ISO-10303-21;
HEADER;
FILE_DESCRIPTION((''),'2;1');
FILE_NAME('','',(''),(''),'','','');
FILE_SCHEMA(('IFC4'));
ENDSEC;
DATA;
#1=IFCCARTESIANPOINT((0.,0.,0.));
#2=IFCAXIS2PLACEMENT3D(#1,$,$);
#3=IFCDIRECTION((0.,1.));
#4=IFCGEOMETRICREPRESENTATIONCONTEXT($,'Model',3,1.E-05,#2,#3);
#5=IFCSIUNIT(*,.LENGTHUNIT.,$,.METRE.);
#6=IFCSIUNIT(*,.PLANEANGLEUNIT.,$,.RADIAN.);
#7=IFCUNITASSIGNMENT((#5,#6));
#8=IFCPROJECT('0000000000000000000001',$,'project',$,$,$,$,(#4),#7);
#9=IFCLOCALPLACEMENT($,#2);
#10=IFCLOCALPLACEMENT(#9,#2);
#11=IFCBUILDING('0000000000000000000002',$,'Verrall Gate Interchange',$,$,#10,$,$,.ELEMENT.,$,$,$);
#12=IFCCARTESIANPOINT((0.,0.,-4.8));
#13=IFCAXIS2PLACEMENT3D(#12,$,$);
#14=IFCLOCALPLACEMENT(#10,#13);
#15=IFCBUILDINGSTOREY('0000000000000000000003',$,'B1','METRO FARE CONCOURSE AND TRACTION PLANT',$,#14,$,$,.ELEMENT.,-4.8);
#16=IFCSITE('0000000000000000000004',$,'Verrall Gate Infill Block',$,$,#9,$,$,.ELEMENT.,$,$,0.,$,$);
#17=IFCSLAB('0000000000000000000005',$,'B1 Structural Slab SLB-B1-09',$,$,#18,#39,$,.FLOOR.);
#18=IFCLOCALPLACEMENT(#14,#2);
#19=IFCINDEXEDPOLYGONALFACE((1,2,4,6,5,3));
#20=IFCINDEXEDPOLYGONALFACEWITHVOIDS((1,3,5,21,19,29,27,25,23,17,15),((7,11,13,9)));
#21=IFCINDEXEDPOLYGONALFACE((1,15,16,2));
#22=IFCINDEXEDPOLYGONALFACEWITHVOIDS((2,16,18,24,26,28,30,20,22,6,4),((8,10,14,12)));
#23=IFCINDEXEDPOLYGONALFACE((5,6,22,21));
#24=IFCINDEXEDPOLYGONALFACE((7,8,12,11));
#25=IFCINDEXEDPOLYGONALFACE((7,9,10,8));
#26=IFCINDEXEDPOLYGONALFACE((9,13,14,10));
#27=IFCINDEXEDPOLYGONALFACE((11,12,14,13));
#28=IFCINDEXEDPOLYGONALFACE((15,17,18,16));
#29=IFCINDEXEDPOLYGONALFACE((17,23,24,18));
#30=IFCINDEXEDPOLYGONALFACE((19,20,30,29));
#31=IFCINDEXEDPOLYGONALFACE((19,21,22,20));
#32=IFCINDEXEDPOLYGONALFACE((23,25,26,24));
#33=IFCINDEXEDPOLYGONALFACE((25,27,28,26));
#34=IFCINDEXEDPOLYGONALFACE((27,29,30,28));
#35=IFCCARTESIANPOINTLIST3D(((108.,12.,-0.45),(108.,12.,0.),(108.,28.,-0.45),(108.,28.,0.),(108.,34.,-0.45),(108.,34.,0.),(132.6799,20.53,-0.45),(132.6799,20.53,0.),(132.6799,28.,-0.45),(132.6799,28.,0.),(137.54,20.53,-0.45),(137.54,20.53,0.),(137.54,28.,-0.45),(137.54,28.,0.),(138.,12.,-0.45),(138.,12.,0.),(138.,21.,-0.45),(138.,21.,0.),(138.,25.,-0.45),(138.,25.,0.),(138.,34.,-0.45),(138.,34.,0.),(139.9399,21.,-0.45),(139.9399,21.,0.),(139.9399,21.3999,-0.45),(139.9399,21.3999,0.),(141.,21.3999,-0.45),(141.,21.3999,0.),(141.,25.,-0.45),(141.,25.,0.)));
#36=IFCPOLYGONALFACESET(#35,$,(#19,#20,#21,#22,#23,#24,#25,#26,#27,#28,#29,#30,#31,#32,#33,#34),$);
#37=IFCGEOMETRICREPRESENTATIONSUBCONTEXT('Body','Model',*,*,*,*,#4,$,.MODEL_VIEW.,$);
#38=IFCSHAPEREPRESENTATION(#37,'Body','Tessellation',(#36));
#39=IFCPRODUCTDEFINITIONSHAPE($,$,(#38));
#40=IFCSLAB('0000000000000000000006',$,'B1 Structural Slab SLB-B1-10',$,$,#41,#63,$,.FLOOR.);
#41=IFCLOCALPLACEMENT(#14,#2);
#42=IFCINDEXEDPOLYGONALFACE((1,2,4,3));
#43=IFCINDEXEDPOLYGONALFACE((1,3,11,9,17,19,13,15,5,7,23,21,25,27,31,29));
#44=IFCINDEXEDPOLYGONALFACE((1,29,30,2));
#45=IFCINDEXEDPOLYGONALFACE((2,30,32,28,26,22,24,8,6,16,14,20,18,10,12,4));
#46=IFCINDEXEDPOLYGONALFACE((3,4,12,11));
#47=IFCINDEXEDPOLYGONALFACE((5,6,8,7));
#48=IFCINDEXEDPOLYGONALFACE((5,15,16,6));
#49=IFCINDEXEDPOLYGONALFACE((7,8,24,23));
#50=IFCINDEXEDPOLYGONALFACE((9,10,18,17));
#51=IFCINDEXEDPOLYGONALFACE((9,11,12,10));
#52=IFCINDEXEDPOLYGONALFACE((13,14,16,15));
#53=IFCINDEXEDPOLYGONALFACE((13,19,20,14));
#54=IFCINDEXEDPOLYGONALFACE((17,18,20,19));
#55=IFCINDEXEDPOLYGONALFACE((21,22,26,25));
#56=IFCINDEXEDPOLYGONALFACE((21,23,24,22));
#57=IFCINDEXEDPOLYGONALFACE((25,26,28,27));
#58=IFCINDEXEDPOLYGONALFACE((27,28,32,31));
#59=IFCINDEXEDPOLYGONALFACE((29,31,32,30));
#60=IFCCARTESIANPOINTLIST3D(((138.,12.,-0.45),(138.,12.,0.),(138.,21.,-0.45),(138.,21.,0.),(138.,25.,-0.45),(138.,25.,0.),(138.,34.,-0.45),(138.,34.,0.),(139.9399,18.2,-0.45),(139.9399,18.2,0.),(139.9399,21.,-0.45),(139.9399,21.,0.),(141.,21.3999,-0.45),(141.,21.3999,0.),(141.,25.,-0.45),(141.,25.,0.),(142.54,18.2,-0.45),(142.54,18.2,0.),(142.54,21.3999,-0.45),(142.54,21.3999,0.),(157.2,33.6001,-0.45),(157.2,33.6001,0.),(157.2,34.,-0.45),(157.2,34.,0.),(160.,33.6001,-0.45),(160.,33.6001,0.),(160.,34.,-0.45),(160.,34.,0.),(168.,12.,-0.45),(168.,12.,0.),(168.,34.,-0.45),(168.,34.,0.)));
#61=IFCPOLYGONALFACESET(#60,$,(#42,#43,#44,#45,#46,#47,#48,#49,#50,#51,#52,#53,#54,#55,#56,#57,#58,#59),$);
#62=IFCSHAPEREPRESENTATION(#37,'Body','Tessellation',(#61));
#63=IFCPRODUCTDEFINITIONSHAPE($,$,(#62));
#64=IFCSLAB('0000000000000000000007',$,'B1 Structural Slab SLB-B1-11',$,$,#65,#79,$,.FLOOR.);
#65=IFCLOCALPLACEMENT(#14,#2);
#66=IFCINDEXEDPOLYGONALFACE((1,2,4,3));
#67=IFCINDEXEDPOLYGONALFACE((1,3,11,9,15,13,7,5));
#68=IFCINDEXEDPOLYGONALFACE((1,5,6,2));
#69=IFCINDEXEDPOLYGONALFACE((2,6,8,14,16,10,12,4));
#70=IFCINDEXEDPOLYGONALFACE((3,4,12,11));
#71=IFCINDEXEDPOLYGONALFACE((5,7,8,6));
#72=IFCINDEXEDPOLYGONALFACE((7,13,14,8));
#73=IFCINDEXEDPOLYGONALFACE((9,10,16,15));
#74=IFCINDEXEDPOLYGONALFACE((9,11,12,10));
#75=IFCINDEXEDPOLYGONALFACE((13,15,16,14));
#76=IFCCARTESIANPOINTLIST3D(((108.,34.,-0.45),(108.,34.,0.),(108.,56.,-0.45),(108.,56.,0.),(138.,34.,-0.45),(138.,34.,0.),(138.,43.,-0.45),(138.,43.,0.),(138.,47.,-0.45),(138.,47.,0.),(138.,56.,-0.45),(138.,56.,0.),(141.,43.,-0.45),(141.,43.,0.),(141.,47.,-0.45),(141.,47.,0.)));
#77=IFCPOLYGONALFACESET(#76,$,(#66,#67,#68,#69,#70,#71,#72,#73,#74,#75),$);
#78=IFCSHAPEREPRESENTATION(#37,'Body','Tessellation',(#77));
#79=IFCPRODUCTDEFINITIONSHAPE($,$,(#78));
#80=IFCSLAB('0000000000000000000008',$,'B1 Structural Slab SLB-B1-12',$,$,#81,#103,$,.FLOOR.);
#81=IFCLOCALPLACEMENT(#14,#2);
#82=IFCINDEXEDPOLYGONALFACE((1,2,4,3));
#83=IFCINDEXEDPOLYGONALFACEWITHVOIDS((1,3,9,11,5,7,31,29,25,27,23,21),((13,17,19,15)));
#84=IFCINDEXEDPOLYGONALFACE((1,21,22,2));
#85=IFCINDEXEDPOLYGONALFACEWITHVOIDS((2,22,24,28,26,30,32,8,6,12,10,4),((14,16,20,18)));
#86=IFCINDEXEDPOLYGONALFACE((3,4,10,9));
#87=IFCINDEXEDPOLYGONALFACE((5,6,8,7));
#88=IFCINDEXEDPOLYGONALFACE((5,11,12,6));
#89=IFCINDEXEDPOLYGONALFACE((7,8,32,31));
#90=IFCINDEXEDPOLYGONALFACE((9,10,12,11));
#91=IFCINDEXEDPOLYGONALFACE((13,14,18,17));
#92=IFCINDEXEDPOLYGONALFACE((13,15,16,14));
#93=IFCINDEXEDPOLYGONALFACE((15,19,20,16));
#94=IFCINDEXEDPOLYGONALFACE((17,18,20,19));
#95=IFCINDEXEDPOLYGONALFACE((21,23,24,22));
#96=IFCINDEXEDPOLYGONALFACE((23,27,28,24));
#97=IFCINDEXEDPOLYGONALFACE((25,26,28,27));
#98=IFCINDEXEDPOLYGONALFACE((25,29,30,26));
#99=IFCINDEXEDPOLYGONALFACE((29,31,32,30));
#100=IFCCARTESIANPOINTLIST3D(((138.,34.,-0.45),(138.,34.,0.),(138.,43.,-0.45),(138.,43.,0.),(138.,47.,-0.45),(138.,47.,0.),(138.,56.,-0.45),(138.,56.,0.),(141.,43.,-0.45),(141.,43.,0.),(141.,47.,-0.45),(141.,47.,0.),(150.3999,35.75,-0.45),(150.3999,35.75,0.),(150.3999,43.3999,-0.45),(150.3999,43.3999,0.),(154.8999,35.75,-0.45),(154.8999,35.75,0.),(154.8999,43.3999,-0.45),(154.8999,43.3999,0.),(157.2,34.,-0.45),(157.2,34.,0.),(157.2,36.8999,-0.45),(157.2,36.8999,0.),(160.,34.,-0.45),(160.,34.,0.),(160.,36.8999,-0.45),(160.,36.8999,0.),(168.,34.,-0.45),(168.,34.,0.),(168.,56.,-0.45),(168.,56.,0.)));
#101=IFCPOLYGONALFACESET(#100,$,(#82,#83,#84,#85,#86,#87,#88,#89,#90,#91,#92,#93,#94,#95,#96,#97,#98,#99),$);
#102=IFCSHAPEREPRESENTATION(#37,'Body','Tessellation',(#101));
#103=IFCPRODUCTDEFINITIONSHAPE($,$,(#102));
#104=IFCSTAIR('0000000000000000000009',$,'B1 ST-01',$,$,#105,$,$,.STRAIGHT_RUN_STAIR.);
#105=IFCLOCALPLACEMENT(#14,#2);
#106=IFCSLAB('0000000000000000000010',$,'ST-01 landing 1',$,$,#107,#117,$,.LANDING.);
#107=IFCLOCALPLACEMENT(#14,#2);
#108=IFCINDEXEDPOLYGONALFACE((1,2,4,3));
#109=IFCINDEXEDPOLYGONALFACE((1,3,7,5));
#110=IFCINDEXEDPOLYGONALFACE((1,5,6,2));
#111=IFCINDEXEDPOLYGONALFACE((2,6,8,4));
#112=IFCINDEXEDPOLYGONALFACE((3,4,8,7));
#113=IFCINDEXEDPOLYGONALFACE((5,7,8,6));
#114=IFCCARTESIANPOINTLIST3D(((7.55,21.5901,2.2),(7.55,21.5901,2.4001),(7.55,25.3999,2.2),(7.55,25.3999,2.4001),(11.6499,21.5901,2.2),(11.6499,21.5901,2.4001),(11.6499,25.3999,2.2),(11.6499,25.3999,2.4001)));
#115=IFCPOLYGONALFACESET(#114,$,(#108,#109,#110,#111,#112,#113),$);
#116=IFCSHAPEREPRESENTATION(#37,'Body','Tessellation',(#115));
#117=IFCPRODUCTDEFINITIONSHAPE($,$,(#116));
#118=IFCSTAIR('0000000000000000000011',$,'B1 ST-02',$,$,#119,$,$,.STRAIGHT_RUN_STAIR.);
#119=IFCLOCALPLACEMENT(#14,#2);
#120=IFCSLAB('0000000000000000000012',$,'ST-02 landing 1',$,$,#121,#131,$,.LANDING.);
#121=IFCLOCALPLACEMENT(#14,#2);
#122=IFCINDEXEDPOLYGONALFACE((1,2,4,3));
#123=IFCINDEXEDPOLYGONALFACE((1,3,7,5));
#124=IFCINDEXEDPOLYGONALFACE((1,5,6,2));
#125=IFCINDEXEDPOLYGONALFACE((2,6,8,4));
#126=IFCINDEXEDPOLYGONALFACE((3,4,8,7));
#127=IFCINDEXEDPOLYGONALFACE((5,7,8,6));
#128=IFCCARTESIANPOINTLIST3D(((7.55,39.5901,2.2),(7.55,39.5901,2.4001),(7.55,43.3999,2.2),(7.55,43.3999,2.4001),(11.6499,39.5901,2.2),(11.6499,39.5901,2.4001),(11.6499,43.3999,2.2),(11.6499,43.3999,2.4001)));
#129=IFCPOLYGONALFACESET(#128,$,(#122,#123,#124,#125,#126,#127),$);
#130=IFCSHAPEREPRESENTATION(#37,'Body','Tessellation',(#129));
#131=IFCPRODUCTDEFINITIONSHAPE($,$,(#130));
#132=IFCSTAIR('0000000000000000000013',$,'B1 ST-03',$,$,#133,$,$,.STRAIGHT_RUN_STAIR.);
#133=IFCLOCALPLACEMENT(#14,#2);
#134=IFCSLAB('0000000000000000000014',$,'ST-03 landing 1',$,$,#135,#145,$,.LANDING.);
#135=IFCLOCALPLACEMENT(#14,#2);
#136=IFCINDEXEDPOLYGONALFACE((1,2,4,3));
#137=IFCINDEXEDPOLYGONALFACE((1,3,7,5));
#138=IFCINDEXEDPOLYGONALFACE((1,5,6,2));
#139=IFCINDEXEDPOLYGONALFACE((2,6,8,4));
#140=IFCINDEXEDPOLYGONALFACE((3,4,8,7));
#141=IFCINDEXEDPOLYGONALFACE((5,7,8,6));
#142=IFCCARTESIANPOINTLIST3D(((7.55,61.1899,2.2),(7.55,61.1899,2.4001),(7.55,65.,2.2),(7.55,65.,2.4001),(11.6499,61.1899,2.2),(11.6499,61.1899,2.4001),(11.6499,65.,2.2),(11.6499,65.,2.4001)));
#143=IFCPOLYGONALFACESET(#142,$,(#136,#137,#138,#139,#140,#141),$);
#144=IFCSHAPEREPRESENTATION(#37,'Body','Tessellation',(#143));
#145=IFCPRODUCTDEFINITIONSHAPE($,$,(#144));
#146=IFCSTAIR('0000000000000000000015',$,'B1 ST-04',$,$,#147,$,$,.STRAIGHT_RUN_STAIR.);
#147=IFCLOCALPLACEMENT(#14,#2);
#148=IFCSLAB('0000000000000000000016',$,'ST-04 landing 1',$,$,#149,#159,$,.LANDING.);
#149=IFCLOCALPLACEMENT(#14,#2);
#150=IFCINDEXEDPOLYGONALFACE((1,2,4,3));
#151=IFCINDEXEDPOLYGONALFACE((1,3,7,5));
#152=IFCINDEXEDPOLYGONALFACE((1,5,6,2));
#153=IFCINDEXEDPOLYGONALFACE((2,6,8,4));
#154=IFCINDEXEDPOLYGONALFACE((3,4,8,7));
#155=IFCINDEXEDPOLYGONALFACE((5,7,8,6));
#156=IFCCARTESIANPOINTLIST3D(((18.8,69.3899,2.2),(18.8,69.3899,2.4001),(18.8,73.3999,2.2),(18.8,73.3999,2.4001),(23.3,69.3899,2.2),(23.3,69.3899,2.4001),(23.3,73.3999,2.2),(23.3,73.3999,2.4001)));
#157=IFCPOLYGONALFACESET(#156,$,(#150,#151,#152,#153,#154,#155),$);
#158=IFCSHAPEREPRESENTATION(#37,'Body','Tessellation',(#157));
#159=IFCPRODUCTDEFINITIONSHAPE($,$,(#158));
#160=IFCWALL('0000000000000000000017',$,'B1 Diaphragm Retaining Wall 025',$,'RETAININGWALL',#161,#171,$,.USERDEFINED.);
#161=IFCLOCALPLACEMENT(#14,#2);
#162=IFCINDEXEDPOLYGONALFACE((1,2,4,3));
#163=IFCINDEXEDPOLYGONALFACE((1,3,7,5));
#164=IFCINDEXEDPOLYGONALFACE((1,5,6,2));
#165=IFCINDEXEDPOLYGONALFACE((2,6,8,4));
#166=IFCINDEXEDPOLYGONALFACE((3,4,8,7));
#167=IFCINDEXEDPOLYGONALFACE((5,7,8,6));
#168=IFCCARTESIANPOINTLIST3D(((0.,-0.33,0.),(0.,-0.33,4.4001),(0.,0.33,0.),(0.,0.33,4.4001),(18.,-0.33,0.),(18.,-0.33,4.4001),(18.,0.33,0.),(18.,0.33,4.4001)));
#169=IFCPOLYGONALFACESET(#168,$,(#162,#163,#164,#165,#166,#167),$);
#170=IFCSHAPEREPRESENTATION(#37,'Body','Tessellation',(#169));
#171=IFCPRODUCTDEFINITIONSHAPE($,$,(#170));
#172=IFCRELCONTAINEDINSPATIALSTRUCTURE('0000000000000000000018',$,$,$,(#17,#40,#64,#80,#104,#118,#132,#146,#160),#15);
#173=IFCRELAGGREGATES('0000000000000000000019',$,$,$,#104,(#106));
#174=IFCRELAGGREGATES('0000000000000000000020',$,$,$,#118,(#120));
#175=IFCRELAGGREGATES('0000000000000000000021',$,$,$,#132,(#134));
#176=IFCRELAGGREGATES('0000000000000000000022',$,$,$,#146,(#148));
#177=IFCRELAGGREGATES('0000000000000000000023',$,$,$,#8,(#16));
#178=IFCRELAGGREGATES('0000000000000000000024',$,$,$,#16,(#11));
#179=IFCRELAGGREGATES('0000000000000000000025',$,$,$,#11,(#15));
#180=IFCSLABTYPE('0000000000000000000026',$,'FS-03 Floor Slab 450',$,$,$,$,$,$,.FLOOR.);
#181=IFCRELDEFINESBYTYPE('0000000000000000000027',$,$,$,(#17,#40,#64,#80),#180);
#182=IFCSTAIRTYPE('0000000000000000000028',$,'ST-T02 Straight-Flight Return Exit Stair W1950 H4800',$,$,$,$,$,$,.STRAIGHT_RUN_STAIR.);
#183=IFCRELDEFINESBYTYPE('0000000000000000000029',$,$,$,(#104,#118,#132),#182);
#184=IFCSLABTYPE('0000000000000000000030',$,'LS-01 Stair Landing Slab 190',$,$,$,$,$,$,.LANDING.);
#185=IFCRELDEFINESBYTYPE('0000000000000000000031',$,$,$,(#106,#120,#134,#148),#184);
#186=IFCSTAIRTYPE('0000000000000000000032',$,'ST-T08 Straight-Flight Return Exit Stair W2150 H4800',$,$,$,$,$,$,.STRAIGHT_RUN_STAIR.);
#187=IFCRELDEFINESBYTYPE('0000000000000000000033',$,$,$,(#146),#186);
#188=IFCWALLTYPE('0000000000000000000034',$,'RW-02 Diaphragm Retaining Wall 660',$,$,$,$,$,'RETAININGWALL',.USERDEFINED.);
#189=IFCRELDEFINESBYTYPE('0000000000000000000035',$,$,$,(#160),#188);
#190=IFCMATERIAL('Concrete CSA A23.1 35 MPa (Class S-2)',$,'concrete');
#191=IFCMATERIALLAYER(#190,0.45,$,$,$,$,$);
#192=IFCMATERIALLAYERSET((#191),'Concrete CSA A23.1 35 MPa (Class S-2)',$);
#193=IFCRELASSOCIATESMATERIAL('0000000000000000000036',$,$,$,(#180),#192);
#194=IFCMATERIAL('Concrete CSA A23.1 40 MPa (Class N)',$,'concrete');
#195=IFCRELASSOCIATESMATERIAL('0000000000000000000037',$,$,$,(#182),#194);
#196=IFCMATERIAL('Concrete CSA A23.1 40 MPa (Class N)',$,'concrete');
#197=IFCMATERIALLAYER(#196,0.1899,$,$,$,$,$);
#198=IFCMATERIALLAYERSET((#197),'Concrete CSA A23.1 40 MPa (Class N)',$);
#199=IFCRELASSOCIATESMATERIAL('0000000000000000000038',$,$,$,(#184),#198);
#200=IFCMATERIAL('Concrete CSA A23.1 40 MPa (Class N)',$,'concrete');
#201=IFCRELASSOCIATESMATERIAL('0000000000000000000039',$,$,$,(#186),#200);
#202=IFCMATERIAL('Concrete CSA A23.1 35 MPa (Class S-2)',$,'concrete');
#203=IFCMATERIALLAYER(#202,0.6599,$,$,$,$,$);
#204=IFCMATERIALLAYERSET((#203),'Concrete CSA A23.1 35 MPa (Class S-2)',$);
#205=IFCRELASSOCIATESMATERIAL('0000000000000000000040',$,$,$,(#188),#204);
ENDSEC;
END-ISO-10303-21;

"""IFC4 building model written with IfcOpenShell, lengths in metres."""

from ifc_helpers import new_model, si_unit, direction, frame, frame_2d, origin, origin_with_axes, place, context, subcontext, project, spatial, polyline, rectangle, outline, extrude, material, layer, layer_set, type_object, element, aggregate, save


model = new_model("IFC4")

# Units and contexts
model_context = context("Model", 3, precision=1e-05, world=origin(), true_north=direction((0.0, 1.0)))
body_context = subcontext(model_context, "Body", "Model", "MODEL_VIEW")
ifc_project = project(units=[si_unit("LENGTHUNIT", "METRE"), si_unit("PLANEANGLEUNIT", "RADIAN")], contexts=[model_context])

# Site, building, storey
site_placement = place(None, origin())
site = spatial("IfcSite", under=ifc_project, at=site_placement, Name="Verrall Gate Infill Block", CompositionType="ELEMENT", RefElevation=0.0)
building_placement = place(site_placement, origin())
building = spatial("IfcBuilding", under=site, at=building_placement, Name="Verrall Gate Interchange", CompositionType="ELEMENT")
storey_placement = place(building_placement, frame((0.0, 0.0, -4.8)))
storey = spatial("IfcBuildingStorey", under=building, at=storey_placement, Name="B1", Description="METRO FARE CONCOURSE AND TRACTION PLANT", CompositionType="ELEMENT", Elevation=-4.8)

# Slabs
ifc_material_1 = material(Name="Concrete CSA A23.1 35 MPa (Class S-2)", Category="concrete")
ifc_layer_1 = layer(ifc_material_1, 0.45)
ifc_layer_set_1 = layer_set([ifc_layer_1], Name="Concrete CSA A23.1 35 MPa (Class S-2)")
slab_type_1 = type_object("IfcSlabType", Name="FS-03 Floor Slab 450", PredefinedType="FLOOR", material=ifc_layer_set_1)
slab_1_placement = place(storey_placement, frame((0.0, 0.0, -0.45)))
element("IfcSlab", 1, at=slab_1_placement, inside=storey, type_object=slab_type_1, Name="B1 Structural Slab SLB-B1-09", PredefinedType="FLOOR", context=body_context, shape_type="SweptSolid", body=[
    extrude(outline(polyline([(108.0, 28.0), (108.0, 34.0), (138.0, 34.0), (138.0, 25.0), (141.0, 25.0), (141.0, 21.3999), (139.9399, 21.3999), (139.9399, 21.0), (138.0, 21.0), (138.0, 12.0), (108.0, 12.0), (108.0, 28.0)]), holes=[polyline([(132.6799, 28.0), (132.6799, 20.53), (137.54, 20.53), (137.54, 28.0), (132.6799, 28.0)])]), origin(), (0.0, 0.0, 1.0), 0.45),
])
slab_2_placement = place(storey_placement, frame((0.0, 0.0, -0.45)))
element("IfcSlab", 2, at=slab_2_placement, inside=storey, type_object=slab_type_1, Name="B1 Structural Slab SLB-B1-10", PredefinedType="FLOOR", context=body_context, shape_type="SweptSolid", body=[
    extrude(outline(polyline([(157.2, 33.6001), (160.0, 33.6001), (160.0, 34.0), (168.0, 34.0), (168.0, 12.0), (138.0, 12.0), (138.0, 21.0), (139.9399, 21.0), (139.9399, 18.2), (142.54, 18.2), (142.54, 21.3999), (141.0, 21.3999), (141.0, 25.0), (138.0, 25.0), (138.0, 34.0), (157.2, 34.0), (157.2, 33.6001)])), origin(), (0.0, 0.0, 1.0), 0.45),
])
slab_3_placement = place(storey_placement, frame((0.0, 0.0, -0.45)))
element("IfcSlab", 3, at=slab_3_placement, inside=storey, type_object=slab_type_1, Name="B1 Structural Slab SLB-B1-11", PredefinedType="FLOOR", context=body_context, shape_type="SweptSolid", body=[
    extrude(outline(polyline([(108.0, 56.0), (138.0, 56.0), (138.0, 47.0), (141.0, 47.0), (141.0, 43.0), (138.0, 43.0), (138.0, 34.0), (108.0, 34.0), (108.0, 56.0)])), origin(), (0.0, 0.0, 1.0), 0.45),
])
slab_4_placement = place(storey_placement, frame((0.0, 0.0, -0.45)))
element("IfcSlab", 4, at=slab_4_placement, inside=storey, type_object=slab_type_1, Name="B1 Structural Slab SLB-B1-12", PredefinedType="FLOOR", context=body_context, shape_type="SweptSolid", body=[
    extrude(outline(polyline([(168.0, 34.0), (160.0, 34.0), (160.0, 36.8999), (157.2, 36.8999), (157.2, 34.0), (138.0, 34.0), (138.0, 43.0), (141.0, 43.0), (141.0, 47.0), (138.0, 47.0), (138.0, 56.0), (168.0, 56.0), (168.0, 34.0)]), holes=[polyline([(154.8999, 43.3999), (150.3999, 43.3999), (150.3999, 35.75), (154.8999, 35.75), (154.8999, 43.3999)])]), origin(), (0.0, 0.0, 1.0), 0.45),
])

# Stairs, slabs
ifc_material_2 = material(Name="Concrete CSA A23.1 40 MPa (Class N)", Category="concrete")
stair_type_1 = type_object("IfcStairType", Name="ST-T02 Straight-Flight Return Exit Stair W1950 H4800", PredefinedType="STRAIGHT_RUN_STAIR", material=ifc_material_2)
stair_1_placement = place(storey_placement, origin())
stair_1 = element("IfcStair", 5, at=stair_1_placement, inside=storey, type_object=stair_type_1, Name="B1 ST-01", PredefinedType="STRAIGHT_RUN_STAIR")
ifc_material_3 = material(Name="Concrete CSA A23.1 40 MPa (Class N)", Category="concrete")
ifc_layer_2 = layer(ifc_material_3, 0.1899)
ifc_layer_set_2 = layer_set([ifc_layer_2], Name="Concrete CSA A23.1 40 MPa (Class N)")
slab_type_2 = type_object("IfcSlabType", Name="LS-01 Stair Landing Slab 190", PredefinedType="LANDING", material=ifc_layer_set_2)
slab_5_placement = place(storey_placement, frame((0.0, 0.0, 2.2)))
slab_5 = element("IfcSlab", 6, at=slab_5_placement, type_object=slab_type_2, Name="ST-01 landing 1", PredefinedType="LANDING", context=body_context, shape_type="SweptSolid", body=[
    extrude(outline(polyline([(11.6499, 21.5901), (11.6499, 25.3999), (7.55, 25.3999), (7.55, 21.5901), (11.6499, 21.5901)])), origin(), (0.0, 0.0, 1.0), 0.2002),
])
aggregate(stair_1, [slab_5])
stair_2_placement = place(storey_placement, origin())
stair_2 = element("IfcStair", 7, at=stair_2_placement, inside=storey, type_object=stair_type_1, Name="B1 ST-02", PredefinedType="STRAIGHT_RUN_STAIR")
slab_6_placement = place(storey_placement, frame((0.0, 0.0, 2.2)))
slab_6 = element("IfcSlab", 8, at=slab_6_placement, type_object=slab_type_2, Name="ST-02 landing 1", PredefinedType="LANDING", context=body_context, shape_type="SweptSolid", body=[
    extrude(outline(polyline([(11.6499, 39.5901), (11.6499, 43.3999), (7.55, 43.3999), (7.55, 39.5901), (11.6499, 39.5901)])), origin(), (0.0, 0.0, 1.0), 0.2002),
])
aggregate(stair_2, [slab_6])
stair_3_placement = place(storey_placement, origin())
stair_3 = element("IfcStair", 9, at=stair_3_placement, inside=storey, type_object=stair_type_1, Name="B1 ST-03", PredefinedType="STRAIGHT_RUN_STAIR")
slab_7_placement = place(storey_placement, frame((0.0, 0.0, 2.2)))
slab_7 = element("IfcSlab", 10, at=slab_7_placement, type_object=slab_type_2, Name="ST-03 landing 1", PredefinedType="LANDING", context=body_context, shape_type="SweptSolid", body=[
    extrude(outline(polyline([(11.6499, 61.1899), (11.6499, 65.0), (7.55, 65.0), (7.55, 61.1899), (11.6499, 61.1899)])), origin(), (0.0, 0.0, 1.0), 0.2002),
])
aggregate(stair_3, [slab_7])
ifc_material_4 = material(Name="Concrete CSA A23.1 40 MPa (Class N)", Category="concrete")
stair_type_2 = type_object("IfcStairType", Name="ST-T08 Straight-Flight Return Exit Stair W2150 H4800", PredefinedType="STRAIGHT_RUN_STAIR", material=ifc_material_4)
stair_4_placement = place(storey_placement, origin())
stair_4 = element("IfcStair", 11, at=stair_4_placement, inside=storey, type_object=stair_type_2, Name="B1 ST-04", PredefinedType="STRAIGHT_RUN_STAIR")
slab_8_placement = place(storey_placement, frame((0.0, 0.0, 2.2)))
slab_8 = element("IfcSlab", 12, at=slab_8_placement, type_object=slab_type_2, Name="ST-04 landing 1", PredefinedType="LANDING", context=body_context, shape_type="SweptSolid", body=[
    extrude(outline(polyline([(23.3, 69.3899), (23.3, 73.3999), (18.8, 73.3999), (18.8, 69.3899), (23.3, 69.3899)])), origin(), (0.0, 0.0, 1.0), 0.2002),
])
aggregate(stair_4, [slab_8])

# Wall
ifc_material_5 = material(Name="Concrete CSA A23.1 35 MPa (Class S-2)", Category="concrete")
ifc_layer_3 = layer(ifc_material_5, 0.6599)
ifc_layer_set_3 = layer_set([ifc_layer_3], Name="Concrete CSA A23.1 35 MPa (Class S-2)")
wall_type = type_object("IfcWallType", Name="RW-02 Diaphragm Retaining Wall 660", ElementType="RETAININGWALL", PredefinedType="USERDEFINED", material=ifc_layer_set_3)
wall_placement = place(storey_placement, origin_with_axes())
element("IfcWall", 13, at=wall_placement, inside=storey, type_object=wall_type, Name="B1 Diaphragm Retaining Wall 025", ObjectType="RETAININGWALL", PredefinedType="USERDEFINED", context=body_context, shape_type="SweptSolid", body=[
    extrude(rectangle(XDim=18.0, YDim=0.6599, at=frame_2d((9.0, 0.0))), origin(), (0.0, 0.0, 1.0), 4.4001),
])

save(model, "model.ifc")
